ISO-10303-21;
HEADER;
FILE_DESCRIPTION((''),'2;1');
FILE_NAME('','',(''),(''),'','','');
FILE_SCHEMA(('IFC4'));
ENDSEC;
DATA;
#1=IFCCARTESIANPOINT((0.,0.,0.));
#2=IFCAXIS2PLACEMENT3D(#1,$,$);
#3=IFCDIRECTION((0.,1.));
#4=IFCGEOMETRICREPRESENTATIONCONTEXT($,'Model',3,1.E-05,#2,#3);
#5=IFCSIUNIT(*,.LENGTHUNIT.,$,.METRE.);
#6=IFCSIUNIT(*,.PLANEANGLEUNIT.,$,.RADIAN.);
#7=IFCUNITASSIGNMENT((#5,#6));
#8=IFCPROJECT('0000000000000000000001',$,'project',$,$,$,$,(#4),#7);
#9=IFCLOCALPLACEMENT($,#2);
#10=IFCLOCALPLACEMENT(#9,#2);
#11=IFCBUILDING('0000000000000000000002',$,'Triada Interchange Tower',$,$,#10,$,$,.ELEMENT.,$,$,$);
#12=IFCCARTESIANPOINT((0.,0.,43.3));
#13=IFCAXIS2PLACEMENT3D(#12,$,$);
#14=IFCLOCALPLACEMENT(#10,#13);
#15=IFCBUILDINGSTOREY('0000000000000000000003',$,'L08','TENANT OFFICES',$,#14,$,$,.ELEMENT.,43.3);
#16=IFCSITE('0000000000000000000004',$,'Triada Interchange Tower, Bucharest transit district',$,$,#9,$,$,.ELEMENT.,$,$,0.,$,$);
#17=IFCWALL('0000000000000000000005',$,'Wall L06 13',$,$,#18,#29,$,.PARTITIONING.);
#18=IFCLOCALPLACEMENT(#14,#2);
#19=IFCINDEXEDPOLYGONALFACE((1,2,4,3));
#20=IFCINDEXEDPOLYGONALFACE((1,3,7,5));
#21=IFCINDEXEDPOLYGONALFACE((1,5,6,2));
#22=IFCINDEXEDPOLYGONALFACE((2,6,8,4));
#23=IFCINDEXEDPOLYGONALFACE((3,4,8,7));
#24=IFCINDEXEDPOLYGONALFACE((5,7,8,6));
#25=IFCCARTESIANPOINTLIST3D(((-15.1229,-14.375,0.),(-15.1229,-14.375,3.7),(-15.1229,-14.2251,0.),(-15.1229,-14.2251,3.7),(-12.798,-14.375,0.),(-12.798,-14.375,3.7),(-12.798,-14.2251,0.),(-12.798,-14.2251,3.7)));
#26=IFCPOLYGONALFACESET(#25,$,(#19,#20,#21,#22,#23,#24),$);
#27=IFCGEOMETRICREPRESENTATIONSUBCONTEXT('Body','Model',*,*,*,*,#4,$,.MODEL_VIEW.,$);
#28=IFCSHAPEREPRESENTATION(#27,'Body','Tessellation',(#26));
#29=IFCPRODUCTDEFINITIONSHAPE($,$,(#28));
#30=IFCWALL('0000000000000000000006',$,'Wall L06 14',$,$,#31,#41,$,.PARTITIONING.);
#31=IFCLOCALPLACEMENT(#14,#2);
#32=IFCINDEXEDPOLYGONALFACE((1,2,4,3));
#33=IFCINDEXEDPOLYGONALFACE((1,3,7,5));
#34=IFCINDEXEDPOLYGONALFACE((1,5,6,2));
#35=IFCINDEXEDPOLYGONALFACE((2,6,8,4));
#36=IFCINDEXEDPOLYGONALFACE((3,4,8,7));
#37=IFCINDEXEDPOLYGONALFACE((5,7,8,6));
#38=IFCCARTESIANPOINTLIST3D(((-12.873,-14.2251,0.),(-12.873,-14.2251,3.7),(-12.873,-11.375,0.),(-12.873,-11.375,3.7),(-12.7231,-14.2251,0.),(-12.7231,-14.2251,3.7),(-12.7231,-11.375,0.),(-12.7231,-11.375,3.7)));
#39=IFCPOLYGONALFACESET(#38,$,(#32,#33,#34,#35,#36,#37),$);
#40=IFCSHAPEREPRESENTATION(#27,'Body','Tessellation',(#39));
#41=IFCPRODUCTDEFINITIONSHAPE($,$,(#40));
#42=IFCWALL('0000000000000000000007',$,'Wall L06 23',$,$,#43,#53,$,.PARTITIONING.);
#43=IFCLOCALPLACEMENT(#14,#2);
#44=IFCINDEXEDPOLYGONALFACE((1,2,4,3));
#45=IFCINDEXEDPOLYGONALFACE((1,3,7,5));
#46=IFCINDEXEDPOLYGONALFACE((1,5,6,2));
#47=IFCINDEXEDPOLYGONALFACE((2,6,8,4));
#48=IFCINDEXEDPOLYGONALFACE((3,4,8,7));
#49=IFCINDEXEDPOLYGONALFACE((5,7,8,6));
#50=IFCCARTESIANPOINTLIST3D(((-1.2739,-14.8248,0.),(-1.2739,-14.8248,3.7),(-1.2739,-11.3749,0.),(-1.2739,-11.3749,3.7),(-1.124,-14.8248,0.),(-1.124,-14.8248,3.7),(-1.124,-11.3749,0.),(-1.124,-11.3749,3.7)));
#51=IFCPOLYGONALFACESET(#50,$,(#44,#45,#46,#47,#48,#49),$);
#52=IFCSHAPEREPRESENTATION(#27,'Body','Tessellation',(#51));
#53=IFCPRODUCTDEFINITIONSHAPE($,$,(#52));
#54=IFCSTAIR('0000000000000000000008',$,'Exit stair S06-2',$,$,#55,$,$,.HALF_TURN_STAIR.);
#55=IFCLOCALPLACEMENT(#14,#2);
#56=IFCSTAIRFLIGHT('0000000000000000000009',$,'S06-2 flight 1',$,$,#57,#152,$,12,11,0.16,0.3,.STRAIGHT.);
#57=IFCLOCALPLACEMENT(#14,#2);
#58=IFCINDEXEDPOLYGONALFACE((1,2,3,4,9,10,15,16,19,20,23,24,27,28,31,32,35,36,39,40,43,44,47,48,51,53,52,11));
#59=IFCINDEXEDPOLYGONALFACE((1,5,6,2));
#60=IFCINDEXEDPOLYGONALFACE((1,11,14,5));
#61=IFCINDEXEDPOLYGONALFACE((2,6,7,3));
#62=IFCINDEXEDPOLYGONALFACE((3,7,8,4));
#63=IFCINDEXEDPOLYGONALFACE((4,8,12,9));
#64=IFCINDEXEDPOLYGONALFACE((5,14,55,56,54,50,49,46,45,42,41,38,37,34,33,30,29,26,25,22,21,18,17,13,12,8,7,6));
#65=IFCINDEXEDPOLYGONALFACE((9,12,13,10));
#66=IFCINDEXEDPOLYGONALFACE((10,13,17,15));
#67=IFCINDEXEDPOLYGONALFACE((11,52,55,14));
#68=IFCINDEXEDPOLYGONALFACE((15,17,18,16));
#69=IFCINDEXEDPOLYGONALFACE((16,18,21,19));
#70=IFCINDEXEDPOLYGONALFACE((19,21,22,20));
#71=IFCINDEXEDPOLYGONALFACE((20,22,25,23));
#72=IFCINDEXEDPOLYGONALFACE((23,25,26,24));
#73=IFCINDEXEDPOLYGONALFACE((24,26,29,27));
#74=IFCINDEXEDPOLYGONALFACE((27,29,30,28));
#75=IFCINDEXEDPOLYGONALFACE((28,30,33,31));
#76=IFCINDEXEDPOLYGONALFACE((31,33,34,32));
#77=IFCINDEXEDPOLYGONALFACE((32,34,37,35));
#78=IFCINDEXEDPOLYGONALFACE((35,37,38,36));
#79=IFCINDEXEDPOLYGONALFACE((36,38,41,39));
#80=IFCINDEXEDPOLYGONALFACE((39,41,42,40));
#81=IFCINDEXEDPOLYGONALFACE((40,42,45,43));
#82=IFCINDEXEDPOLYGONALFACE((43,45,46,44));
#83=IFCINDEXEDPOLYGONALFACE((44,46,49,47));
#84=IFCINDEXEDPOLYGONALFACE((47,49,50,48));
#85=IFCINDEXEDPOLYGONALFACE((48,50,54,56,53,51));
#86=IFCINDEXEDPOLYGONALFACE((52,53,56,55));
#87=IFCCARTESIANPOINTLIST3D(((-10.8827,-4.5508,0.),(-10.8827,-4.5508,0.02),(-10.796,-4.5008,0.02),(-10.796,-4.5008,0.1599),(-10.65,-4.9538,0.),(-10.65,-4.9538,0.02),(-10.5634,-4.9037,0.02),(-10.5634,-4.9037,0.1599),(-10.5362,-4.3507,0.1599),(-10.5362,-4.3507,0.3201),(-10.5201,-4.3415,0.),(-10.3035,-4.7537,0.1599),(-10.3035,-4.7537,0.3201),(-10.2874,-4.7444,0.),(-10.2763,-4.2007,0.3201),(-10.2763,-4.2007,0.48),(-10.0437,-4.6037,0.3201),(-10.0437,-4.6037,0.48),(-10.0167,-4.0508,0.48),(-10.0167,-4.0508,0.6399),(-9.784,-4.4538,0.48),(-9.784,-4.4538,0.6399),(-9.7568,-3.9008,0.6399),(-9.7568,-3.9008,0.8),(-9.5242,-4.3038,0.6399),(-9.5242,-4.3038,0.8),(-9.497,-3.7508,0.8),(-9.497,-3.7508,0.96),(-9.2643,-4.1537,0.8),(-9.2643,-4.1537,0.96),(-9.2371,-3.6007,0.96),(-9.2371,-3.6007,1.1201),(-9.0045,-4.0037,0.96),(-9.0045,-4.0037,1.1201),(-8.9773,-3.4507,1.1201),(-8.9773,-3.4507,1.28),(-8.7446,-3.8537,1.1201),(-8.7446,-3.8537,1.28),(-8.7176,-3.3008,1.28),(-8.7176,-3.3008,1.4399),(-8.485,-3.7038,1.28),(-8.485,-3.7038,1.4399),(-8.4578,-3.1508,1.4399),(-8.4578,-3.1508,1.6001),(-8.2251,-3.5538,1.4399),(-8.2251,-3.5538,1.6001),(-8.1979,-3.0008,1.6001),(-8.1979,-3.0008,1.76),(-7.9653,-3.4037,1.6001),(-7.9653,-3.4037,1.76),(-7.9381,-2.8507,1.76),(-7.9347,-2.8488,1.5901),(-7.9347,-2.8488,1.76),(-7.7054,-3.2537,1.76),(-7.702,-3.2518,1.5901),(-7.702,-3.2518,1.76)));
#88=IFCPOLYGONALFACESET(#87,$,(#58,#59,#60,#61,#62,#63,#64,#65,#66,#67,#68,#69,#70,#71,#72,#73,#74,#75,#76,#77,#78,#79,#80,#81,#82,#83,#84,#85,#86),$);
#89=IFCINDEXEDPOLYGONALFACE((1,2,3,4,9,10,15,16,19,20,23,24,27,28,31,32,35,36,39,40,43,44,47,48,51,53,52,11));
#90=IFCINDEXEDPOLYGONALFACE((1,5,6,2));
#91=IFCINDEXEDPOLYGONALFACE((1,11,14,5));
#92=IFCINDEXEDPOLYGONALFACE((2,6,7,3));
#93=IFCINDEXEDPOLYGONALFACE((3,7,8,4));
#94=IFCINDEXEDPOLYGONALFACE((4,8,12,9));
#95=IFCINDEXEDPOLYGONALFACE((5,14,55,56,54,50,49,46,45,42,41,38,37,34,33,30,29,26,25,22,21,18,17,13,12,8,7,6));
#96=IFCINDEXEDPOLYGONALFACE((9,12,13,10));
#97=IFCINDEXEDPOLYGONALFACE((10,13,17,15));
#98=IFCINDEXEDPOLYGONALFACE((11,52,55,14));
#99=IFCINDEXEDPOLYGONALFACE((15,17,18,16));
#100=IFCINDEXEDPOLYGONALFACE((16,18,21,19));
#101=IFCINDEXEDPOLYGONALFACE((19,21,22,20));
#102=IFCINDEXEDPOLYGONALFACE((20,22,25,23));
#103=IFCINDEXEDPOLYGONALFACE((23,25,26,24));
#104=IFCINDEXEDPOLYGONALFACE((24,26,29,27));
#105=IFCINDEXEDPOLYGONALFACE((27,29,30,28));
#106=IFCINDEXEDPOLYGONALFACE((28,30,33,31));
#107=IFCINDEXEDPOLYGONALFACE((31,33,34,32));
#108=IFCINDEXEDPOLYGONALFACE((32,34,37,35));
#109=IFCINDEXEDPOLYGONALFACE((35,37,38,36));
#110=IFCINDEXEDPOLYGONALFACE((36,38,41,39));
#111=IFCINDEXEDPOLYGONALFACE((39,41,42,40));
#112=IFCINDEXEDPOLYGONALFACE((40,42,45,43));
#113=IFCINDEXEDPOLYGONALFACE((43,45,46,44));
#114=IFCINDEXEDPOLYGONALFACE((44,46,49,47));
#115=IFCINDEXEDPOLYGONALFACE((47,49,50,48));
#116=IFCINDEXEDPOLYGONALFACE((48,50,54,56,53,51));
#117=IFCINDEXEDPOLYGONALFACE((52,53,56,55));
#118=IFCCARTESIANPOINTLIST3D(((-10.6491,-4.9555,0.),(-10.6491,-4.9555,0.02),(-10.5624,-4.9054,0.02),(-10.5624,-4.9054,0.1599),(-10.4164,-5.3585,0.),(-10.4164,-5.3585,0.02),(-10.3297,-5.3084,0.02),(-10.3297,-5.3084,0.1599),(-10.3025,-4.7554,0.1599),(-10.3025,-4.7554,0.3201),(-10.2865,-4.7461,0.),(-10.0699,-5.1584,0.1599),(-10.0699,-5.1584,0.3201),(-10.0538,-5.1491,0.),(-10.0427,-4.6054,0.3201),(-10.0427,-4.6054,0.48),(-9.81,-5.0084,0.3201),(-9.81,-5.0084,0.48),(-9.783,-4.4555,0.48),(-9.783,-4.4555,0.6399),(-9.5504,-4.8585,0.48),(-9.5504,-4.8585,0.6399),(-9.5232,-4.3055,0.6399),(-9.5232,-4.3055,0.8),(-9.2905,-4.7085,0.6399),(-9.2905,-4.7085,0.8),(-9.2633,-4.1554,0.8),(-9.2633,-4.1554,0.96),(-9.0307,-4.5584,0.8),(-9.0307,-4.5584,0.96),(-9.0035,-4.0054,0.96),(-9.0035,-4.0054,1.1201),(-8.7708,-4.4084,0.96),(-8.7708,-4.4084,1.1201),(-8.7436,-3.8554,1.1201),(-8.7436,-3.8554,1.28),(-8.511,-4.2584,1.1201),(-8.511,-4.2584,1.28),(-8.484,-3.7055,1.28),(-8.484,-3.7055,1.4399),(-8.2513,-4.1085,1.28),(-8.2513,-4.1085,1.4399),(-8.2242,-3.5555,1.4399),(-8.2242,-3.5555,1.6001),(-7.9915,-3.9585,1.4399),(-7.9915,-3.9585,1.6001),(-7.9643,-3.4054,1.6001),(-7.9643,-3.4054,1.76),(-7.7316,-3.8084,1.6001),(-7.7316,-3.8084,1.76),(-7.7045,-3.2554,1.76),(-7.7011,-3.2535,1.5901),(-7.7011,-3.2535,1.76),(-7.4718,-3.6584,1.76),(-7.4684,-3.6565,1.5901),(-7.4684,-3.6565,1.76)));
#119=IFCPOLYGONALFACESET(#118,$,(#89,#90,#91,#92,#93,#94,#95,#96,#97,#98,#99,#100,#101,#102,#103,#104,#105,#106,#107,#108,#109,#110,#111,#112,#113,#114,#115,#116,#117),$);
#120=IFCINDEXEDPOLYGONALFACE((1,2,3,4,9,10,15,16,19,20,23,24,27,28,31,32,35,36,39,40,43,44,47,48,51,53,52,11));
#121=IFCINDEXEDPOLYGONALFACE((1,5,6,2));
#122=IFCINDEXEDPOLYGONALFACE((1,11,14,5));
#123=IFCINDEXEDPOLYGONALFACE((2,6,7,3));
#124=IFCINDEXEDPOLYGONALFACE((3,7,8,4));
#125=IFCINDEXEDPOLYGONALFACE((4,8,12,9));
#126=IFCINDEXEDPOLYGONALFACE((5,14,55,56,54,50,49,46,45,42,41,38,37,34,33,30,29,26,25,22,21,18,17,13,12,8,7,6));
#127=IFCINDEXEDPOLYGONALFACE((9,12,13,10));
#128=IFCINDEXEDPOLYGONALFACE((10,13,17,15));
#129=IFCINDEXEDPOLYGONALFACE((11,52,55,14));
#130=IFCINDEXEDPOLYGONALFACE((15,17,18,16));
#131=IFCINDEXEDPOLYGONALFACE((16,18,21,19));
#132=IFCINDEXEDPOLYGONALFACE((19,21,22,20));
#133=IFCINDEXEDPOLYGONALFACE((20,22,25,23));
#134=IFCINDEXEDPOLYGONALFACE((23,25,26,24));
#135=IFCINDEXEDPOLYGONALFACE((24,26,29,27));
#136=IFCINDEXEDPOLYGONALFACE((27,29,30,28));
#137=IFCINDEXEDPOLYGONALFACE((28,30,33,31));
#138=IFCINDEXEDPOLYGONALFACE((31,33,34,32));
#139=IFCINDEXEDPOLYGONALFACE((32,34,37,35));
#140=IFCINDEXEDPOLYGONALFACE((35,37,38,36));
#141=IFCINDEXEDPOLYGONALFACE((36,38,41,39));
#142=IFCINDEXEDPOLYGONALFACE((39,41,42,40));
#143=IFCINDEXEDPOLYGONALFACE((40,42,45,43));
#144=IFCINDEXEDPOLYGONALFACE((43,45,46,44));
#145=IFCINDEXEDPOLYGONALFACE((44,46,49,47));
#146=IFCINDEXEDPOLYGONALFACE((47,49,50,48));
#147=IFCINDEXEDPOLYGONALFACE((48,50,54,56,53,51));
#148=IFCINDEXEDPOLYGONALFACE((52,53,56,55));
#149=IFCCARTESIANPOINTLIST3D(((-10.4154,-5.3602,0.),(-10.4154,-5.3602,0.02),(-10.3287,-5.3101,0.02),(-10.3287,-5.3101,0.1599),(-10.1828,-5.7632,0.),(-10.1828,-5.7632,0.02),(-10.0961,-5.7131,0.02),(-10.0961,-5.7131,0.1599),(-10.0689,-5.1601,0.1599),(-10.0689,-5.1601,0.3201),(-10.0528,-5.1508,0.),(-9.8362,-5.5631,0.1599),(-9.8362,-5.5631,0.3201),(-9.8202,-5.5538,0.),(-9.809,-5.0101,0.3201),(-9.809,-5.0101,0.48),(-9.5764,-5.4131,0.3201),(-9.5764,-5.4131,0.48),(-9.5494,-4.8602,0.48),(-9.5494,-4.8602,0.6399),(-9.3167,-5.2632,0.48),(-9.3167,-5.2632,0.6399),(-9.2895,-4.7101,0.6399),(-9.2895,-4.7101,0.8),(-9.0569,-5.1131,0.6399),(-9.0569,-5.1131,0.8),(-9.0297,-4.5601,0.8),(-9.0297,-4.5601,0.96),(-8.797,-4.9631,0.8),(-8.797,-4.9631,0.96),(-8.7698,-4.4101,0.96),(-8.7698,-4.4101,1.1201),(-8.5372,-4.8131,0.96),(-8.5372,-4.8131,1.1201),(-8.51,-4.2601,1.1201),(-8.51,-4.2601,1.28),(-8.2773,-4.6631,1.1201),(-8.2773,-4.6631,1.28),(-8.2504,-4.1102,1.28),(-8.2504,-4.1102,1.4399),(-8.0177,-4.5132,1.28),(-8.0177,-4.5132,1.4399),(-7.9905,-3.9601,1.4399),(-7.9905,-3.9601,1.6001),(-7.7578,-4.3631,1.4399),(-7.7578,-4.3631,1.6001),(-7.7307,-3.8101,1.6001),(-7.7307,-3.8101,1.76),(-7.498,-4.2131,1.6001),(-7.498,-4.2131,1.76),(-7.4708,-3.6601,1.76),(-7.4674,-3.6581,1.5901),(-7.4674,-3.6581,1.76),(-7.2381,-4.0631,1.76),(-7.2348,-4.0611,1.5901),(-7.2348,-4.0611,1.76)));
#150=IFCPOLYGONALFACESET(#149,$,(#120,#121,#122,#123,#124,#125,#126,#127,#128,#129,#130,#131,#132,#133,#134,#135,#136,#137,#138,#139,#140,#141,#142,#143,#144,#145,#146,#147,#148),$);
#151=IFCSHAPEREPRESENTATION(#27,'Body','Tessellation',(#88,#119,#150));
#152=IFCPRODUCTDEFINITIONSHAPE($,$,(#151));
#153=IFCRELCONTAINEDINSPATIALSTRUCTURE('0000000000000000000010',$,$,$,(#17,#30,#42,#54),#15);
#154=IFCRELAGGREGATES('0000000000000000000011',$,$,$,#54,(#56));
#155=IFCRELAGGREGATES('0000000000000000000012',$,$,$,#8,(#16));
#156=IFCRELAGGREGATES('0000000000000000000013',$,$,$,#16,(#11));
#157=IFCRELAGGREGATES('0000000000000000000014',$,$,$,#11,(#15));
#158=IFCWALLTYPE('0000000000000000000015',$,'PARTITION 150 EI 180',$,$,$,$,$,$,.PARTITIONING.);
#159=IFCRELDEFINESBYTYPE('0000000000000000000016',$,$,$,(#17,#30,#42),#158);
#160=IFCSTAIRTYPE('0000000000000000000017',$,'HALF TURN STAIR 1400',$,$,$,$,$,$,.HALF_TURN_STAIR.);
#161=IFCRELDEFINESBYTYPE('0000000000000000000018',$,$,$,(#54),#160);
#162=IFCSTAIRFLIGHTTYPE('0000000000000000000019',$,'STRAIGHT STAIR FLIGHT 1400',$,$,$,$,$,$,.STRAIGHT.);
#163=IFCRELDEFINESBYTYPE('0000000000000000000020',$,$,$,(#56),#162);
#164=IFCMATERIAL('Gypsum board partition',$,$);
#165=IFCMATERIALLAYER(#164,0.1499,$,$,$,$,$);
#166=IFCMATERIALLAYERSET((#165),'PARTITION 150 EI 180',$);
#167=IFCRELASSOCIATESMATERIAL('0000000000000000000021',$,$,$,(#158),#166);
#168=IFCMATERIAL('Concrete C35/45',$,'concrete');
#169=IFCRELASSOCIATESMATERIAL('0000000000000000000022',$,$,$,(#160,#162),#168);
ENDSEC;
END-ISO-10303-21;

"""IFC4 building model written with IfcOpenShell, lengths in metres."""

from ifc_helpers import new_model, si_unit, direction, frame, frame_2d, origin, place, context, subcontext, project, spatial, polyline, rectangle, outline, extrude, material, layer, layer_set, type_object, element, aggregate, save


model = new_model("IFC4")

# Units and contexts
model_context = context("Model", 3, precision=1e-05, world=origin(), true_north=direction((0.0, 1.0)))
body_context = subcontext(model_context, "Body", "Model", "MODEL_VIEW")
ifc_project = project(units=[si_unit("LENGTHUNIT", "METRE"), si_unit("PLANEANGLEUNIT", "RADIAN")], contexts=[model_context])

# Site, building, storey
site_placement = place(None, origin())
site = spatial("IfcSite", under=ifc_project, at=site_placement, Name="Triada Interchange Tower, Bucharest transit district", CompositionType="ELEMENT", RefElevation=0.0)
building_placement = place(site_placement, origin())
building = spatial("IfcBuilding", under=site, at=building_placement, Name="Triada Interchange Tower", CompositionType="ELEMENT")
storey_placement = place(building_placement, frame((0.0, 0.0, 43.3)))
storey = spatial("IfcBuildingStorey", under=building, at=storey_placement, Name="L08", Description="TENANT OFFICES", CompositionType="ELEMENT", Elevation=43.3)

# Walls
ifc_material_1 = material(Name="Gypsum board partition")
ifc_layer_1 = layer(ifc_material_1, 0.1499)
ifc_layer_set_1 = layer_set([ifc_layer_1], Name="PARTITION 150 EI 180")
wall_type_1 = type_object("IfcWallType", Name="PARTITION 150 EI 180", PredefinedType="PARTITIONING", material=ifc_layer_set_1)
wall_1_placement = place(storey_placement, frame((-15.123, -14.3, 0.0), z_axis=(0.0, 0.0, 1.0), x_axis=(1.0, 0.0, 0.0)))
element("IfcWall", 1, at=wall_1_placement, inside=storey, type_object=wall_type_1, Name="Wall L06 13", PredefinedType="PARTITIONING", context=body_context, shape_type="SweptSolid", body=[
    extrude(rectangle(XDim=2.325, YDim=0.1499, at=frame_2d((1.1626, 0.0))), origin(), (0.0, 0.0, 1.0), 3.7),
])
wall_2_placement = place(storey_placement, frame((-12.7981, -14.2251, 0.0), z_axis=(0.0, 0.0, 1.0), x_axis=(0.0, 1.0, 0.0)))
element("IfcWall", 2, at=wall_2_placement, inside=storey, type_object=wall_type_1, Name="Wall L06 14", PredefinedType="PARTITIONING", context=body_context, shape_type="SweptSolid", body=[
    extrude(rectangle(XDim=2.8501, YDim=0.1499, at=frame_2d((1.425, 0.0))), origin(), (0.0, 0.0, 1.0), 3.7),
])
wall_3_placement = place(storey_placement, frame((-1.199, -14.825, 0.0), z_axis=(0.0, 0.0, 1.0), x_axis=(0.0, 1.0, 0.0)))
element("IfcWall", 3, at=wall_3_placement, inside=storey, type_object=wall_type_1, Name="Wall L06 23", PredefinedType="PARTITIONING", context=body_context, shape_type="SweptSolid", body=[
    extrude(rectangle(XDim=3.45, YDim=0.1499, at=frame_2d((1.7251, 0.0))), origin(), (0.0, 0.0, 1.0), 3.7),
])

# Stair, stair flight
ifc_material_2 = material(Name="Concrete C35/45", Category="concrete")
stair_type = type_object("IfcStairType", Name="HALF TURN STAIR 1400", PredefinedType="HALF_TURN_STAIR", material=ifc_material_2)
stair_placement = place(storey_placement, origin())
stair = element("IfcStair", 4, at=stair_placement, inside=storey, type_object=stair_type, Name="Exit stair S06-2", PredefinedType="HALF_TURN_STAIR")
stair_flight_type = type_object("IfcStairFlightType", Name="STRAIGHT STAIR FLIGHT 1400", PredefinedType="STRAIGHT", material=ifc_material_2)
stair_flight_1_placement = place(storey_placement, frame((-10.446, -5.1069, 0.0), z_axis=(0.0, 0.0, 1.0), x_axis=(0.866025, 0.5, 0.0)))
stair_flight_1 = element("IfcStairFlight", 5, at=stair_flight_1_placement, type_object=stair_flight_type, Name="S06-2 flight 1", NumberOfRisers=12, NumberOfTreads=11, PredefinedType="STRAIGHT", RiserHeight=0.16, TreadLength=0.3, context=body_context, shape_type="SweptSolid", body=[
    extrude(outline(polyline([(-0.1001, 0.0), (-0.1001, 0.02), (0.0, 0.02), (0.0, 0.1599), (0.3, 0.1599), (0.3, 0.3201), (0.6001, 0.3201), (0.6001, 0.48), (0.8999, 0.48), (0.8999, 0.6399), (1.2, 0.6399), (1.2, 0.8), (1.5, 0.8), (1.5, 0.96), (1.8, 0.96), (1.8, 1.1201), (2.1001, 1.1201), (2.1001, 1.28), (2.3999, 1.28), (2.3999, 1.4399), (2.7, 1.4399), (2.7, 1.6001), (3.0, 1.6001), (3.0, 1.76), (3.3, 1.76), (3.304, 1.76), (3.304, 1.9199), (3.304, 1.5901), (0.3186, 0.0), (-0.1001, 0.0)])), frame((0.0, 0.7, 0.0), z_axis=(0.0, -1.0, 0.0), x_axis=(1.0, 0.0, 0.0)), (0.0, 0.0, 1.0), 0.4653),
    extrude(outline(polyline([(-0.1001, 0.0), (-0.1001, 0.02), (0.0, 0.02), (0.0, 0.1599), (0.3, 0.1599), (0.3, 0.3201), (0.6001, 0.3201), (0.6001, 0.48), (0.8999, 0.48), (0.8999, 0.6399), (1.2, 0.6399), (1.2, 0.8), (1.5, 0.8), (1.5, 0.96), (1.8, 0.96), (1.8, 1.1201), (2.1001, 1.1201), (2.1001, 1.28), (2.3999, 1.28), (2.3999, 1.4399), (2.7, 1.4399), (2.7, 1.6001), (3.0, 1.6001), (3.0, 1.76), (3.3, 1.76), (3.304, 1.76), (3.304, 1.9199), (3.304, 1.5901), (0.3186, 0.0), (-0.1001, 0.0)])), frame((0.0, 0.2327, 0.0), z_axis=(0.0, -1.0, 0.0), x_axis=(1.0, 0.0, 0.0)), (0.0, 0.0, 1.0), 0.4653),
    extrude(outline(polyline([(-0.1001, 0.0), (-0.1001, 0.02), (0.0, 0.02), (0.0, 0.1599), (0.3, 0.1599), (0.3, 0.3201), (0.6001, 0.3201), (0.6001, 0.48), (0.8999, 0.48), (0.8999, 0.6399), (1.2, 0.6399), (1.2, 0.8), (1.5, 0.8), (1.5, 0.96), (1.8, 0.96), (1.8, 1.1201), (2.1001, 1.1201), (2.1001, 1.28), (2.3999, 1.28), (2.3999, 1.4399), (2.7, 1.4399), (2.7, 1.6001), (3.0, 1.6001), (3.0, 1.76), (3.3, 1.76), (3.304, 1.76), (3.304, 1.9199), (3.304, 1.5901), (0.3186, 0.0), (-0.1001, 0.0)])), frame((0.0, -0.2346, 0.0), z_axis=(0.0, -1.0, 0.0), x_axis=(1.0, 0.0, 0.0)), (0.0, 0.0, 1.0), 0.4653),
])
aggregate(stair, [stair_flight_1])

save(model, "model.ifc")
